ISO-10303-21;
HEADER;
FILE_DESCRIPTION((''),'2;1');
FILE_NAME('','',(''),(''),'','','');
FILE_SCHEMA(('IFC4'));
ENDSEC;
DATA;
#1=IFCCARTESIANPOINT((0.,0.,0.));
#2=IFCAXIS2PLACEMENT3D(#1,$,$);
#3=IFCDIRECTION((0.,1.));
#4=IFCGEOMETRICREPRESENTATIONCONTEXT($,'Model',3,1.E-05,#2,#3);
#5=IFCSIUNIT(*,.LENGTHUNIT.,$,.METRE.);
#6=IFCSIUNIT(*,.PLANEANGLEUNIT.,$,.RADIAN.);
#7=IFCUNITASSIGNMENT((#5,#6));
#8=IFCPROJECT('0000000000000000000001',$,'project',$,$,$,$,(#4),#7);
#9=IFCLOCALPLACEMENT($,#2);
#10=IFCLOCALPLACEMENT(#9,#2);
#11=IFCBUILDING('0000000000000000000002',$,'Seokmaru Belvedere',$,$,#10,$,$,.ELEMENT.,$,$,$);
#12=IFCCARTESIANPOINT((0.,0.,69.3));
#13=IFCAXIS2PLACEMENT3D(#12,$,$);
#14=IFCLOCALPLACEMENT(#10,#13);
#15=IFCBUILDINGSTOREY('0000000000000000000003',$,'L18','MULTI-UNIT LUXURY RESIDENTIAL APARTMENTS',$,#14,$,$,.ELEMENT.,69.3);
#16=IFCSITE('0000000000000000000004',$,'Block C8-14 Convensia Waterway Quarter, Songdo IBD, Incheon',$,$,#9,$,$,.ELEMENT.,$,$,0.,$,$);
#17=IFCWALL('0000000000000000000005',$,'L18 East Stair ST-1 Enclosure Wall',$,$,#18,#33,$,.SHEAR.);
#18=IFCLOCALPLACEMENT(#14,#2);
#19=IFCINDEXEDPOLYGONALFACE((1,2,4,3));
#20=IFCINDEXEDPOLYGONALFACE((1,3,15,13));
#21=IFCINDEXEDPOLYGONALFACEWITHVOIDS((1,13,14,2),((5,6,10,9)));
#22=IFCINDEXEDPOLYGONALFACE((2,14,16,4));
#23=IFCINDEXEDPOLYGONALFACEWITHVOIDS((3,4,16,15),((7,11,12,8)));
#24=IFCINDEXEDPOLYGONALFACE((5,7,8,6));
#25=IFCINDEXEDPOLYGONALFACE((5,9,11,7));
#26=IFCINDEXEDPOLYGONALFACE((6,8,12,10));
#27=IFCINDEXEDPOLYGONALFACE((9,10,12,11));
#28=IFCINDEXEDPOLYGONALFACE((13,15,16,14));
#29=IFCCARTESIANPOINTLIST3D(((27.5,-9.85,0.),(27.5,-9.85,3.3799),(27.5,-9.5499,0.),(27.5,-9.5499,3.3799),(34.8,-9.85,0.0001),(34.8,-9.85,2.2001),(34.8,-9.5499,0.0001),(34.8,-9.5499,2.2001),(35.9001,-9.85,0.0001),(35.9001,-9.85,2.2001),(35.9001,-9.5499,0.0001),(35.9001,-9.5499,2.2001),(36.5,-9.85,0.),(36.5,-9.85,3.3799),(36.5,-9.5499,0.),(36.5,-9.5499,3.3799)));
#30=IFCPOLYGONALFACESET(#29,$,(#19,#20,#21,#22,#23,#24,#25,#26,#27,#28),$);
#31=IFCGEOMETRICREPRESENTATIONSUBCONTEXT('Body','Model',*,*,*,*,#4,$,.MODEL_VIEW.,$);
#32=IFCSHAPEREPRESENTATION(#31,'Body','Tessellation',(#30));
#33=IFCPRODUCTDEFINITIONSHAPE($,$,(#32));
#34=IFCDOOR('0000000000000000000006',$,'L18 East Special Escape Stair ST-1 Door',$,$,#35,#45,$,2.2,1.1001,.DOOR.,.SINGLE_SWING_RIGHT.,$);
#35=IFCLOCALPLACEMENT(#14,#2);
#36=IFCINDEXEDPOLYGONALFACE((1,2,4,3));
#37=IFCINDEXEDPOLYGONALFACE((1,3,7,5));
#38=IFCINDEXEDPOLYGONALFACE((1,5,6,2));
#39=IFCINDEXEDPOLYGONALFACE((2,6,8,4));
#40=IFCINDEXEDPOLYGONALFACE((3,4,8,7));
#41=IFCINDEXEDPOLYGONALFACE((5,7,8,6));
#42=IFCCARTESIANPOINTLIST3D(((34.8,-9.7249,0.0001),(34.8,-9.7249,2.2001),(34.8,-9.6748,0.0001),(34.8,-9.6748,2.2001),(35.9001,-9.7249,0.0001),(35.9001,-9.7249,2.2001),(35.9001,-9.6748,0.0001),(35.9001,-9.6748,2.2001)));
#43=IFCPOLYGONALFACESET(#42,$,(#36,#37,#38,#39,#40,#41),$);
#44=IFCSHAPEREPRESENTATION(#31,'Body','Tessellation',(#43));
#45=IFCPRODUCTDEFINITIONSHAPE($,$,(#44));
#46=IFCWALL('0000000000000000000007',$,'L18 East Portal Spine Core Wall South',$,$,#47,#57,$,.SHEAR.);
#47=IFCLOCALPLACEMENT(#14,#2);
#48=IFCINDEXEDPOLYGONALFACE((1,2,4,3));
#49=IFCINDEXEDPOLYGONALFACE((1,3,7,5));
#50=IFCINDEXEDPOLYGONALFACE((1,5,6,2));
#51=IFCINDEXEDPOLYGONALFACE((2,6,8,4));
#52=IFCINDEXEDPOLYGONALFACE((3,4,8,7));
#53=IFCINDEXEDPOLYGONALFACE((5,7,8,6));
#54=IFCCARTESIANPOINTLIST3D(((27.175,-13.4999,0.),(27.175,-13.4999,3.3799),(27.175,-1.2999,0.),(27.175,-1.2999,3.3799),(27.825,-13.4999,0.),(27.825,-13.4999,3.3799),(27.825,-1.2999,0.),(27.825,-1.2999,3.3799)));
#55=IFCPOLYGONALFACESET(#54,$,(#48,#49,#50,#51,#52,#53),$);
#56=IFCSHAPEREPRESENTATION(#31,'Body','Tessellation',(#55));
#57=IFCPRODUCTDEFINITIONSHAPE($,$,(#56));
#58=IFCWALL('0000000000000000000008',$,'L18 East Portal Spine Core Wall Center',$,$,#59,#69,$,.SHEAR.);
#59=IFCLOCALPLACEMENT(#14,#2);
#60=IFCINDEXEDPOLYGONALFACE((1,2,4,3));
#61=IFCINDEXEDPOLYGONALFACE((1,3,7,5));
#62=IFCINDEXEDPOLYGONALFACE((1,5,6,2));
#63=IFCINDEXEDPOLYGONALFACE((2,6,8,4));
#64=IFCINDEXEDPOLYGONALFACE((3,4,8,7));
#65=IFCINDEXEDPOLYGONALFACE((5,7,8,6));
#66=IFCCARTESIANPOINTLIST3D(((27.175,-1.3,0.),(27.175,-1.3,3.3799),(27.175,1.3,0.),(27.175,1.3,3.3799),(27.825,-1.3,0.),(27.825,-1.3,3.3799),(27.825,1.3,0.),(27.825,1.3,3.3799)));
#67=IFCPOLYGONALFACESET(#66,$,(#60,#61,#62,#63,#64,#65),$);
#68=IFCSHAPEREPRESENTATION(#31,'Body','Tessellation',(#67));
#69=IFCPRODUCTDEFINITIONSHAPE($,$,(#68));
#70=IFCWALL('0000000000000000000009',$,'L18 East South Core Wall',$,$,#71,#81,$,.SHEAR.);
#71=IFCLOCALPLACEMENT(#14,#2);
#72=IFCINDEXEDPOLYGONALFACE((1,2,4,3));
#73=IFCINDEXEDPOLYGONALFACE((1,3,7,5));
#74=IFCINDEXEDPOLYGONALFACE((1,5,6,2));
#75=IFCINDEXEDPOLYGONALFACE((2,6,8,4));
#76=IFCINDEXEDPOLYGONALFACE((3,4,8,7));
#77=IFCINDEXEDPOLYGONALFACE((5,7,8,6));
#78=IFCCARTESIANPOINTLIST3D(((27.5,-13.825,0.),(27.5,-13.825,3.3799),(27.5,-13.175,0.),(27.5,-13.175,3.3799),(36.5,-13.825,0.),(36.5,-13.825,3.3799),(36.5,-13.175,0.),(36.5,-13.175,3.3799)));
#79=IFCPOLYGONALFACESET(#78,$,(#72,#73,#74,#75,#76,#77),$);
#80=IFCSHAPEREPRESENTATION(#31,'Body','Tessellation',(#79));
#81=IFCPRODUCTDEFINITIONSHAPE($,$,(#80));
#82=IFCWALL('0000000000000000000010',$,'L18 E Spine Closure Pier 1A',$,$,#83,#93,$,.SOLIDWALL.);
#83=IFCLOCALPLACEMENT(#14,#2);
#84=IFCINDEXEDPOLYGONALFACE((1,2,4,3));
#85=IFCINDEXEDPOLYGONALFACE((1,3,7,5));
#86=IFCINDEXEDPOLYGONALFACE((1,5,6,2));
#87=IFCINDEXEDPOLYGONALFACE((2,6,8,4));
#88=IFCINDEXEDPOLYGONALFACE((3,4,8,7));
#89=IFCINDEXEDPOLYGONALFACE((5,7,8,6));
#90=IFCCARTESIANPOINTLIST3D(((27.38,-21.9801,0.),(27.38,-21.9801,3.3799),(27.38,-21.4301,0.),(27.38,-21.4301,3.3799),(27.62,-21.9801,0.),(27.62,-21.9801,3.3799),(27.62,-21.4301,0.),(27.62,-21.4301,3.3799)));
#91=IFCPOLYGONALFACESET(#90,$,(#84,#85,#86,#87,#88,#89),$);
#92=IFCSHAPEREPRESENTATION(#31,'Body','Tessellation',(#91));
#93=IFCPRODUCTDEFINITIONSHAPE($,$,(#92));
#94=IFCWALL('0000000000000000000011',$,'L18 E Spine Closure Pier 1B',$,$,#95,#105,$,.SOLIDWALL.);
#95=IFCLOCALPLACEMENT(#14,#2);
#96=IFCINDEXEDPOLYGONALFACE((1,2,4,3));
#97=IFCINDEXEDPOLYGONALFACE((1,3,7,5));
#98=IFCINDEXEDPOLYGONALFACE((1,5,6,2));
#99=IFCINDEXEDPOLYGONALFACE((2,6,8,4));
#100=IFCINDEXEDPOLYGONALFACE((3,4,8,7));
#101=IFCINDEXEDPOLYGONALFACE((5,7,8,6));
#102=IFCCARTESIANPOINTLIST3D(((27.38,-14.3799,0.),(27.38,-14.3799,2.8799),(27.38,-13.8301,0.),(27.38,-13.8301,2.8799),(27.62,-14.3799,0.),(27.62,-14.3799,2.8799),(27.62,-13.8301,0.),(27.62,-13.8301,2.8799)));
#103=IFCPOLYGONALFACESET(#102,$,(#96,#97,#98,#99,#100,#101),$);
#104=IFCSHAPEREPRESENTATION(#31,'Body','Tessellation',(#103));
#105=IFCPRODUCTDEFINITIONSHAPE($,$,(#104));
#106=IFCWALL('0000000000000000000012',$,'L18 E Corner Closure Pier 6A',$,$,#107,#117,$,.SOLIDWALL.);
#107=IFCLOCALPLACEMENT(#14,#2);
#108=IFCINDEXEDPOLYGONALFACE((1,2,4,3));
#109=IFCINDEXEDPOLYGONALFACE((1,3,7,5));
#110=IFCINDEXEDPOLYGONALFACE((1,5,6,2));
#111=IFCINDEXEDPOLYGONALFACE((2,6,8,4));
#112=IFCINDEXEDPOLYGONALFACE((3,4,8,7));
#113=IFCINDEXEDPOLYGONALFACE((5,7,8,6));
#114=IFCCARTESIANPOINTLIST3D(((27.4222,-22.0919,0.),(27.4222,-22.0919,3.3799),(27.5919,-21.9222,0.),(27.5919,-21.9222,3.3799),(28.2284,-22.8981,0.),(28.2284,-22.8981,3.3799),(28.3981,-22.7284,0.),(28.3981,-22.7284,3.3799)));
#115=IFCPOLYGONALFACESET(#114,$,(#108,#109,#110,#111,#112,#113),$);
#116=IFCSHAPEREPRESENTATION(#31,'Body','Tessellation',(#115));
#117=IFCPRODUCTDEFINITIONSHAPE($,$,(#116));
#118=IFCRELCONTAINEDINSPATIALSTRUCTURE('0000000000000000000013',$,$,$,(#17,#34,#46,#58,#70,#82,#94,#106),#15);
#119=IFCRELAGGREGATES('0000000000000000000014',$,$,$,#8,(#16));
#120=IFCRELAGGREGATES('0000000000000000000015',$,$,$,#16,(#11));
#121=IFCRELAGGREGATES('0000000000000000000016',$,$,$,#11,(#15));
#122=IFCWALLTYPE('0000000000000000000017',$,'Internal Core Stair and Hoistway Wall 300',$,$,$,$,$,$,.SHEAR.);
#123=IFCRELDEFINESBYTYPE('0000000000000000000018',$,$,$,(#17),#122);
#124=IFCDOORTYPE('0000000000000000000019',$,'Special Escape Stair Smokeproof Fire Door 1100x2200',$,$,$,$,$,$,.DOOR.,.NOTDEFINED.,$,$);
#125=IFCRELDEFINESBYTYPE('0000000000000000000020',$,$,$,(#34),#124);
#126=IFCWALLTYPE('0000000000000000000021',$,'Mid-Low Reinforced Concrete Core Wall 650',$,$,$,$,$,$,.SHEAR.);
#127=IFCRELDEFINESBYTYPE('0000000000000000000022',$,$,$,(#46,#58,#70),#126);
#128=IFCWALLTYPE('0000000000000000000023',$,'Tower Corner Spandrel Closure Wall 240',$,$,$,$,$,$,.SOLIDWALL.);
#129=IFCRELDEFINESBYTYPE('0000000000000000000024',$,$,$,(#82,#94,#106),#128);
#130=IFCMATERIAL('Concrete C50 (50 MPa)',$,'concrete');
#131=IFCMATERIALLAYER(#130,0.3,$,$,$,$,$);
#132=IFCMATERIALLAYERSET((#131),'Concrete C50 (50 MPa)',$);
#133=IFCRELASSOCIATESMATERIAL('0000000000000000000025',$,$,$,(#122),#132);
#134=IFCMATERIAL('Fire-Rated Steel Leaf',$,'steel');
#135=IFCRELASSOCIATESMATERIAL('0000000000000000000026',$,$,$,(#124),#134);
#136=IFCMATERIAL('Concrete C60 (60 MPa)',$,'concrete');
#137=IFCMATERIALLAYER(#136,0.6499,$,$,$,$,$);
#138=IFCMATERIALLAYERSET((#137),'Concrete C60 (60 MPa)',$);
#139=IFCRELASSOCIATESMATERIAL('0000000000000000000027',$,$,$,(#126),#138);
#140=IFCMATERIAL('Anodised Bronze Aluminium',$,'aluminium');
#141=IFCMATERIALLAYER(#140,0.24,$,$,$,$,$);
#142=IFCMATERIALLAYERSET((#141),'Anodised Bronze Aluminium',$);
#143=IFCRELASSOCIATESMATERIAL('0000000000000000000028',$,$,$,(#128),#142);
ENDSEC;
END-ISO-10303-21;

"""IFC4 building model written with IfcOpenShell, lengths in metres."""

from ifc_helpers import new_model, si_unit, direction, frame, frame_2d, origin, place, context, subcontext, project, spatial, rectangle, extrude, source, transform, mapped, material, layer, layer_set, type_object, type_shapes, element, fill, save


model = new_model("IFC4")

# Units and contexts
model_context = context("Model", 3, precision=1e-05, world=origin(), true_north=direction((0.0, 1.0)))
body_context = subcontext(model_context, "Body", "Model", "MODEL_VIEW")
ifc_project = project(units=[si_unit("LENGTHUNIT", "METRE"), si_unit("PLANEANGLEUNIT", "RADIAN")], contexts=[model_context])

# Site, building, storey
site_placement = place(None, origin())
site = spatial("IfcSite", under=ifc_project, at=site_placement, Name="Block C8-14 Convensia Waterway Quarter, Songdo IBD, Incheon", CompositionType="ELEMENT", RefElevation=0.0)
building_placement = place(site_placement, origin())
building = spatial("IfcBuilding", under=site, at=building_placement, Name="Seokmaru Belvedere", CompositionType="ELEMENT")
storey_placement = place(building_placement, frame((0.0, 0.0, 69.3)))
storey = spatial("IfcBuildingStorey", under=building, at=storey_placement, Name="L18", Description="MULTI-UNIT LUXURY RESIDENTIAL APARTMENTS", CompositionType="ELEMENT", Elevation=69.3)

# Shared definitions
ifc_material_1 = material(Name="Anodised Bronze Aluminium", Category="aluminium")

# Shared definitions
ifc_material_2 = material(Name="Concrete C50 (50 MPa)", Category="concrete")

# Wall, opening, door
ifc_layer_1 = layer(ifc_material_2, 0.3)
ifc_layer_set_1 = layer_set([ifc_layer_1], Name="Concrete C50 (50 MPa)")
wall_type_1 = type_object("IfcWallType", Name="Internal Core Stair and Hoistway Wall 300", PredefinedType="SHEAR", material=ifc_layer_set_1)
wall_1_placement = place(storey_placement, frame((27.5, -9.7, 0.0), z_axis=(0.0, 0.0, 1.0), x_axis=(1.0, 0.0, 0.0)))
wall_1 = element("IfcWall", 1, at=wall_1_placement, inside=storey, type_object=wall_type_1, Name="L18 East Stair ST-1 Enclosure Wall", PredefinedType="SHEAR", context=body_context, shape_type="SweptSolid", body=[
    extrude(rectangle(XDim=9.0, YDim=0.3, at=frame_2d((4.5, 0.0))), origin(), (0.0, 0.0, 1.0), 3.3799),
])
opening_placement = place(wall_1_placement, frame((7.3, 0.0, 0.0)))
opening = element("IfcOpeningElement", 2, at=opening_placement, cuts=wall_1, PredefinedType="OPENING", context=body_context, shape_type="SweptSolid", body=[
    extrude(rectangle(XDim=1.1001, YDim=2.2, at=frame_2d((0.55, 1.1001))), frame((0.0, 0.1602, 0.0), z_axis=(0.0, -1.0, 0.0), x_axis=(1.0, 0.0, 0.0)), (0.0, 0.0, 1.0), 0.3201),
])
ifc_material_3 = material(Name="Fire-Rated Steel Leaf", Category="steel")
door_type = type_object("IfcDoorType", Name="Special Escape Stair Smokeproof Fire Door 1100x2200", OperationType="NOTDEFINED", PredefinedType="DOOR", material=ifc_material_3)
shared_shape_1 = source(origin(), body_context, "Body", "SweptSolid", [
    extrude(rectangle(XDim=1.1001, YDim=2.2, at=frame_2d((0.55, 1.1001))), frame((0.0, 0.0249, 0.0), z_axis=(0.0, -1.0, 0.0), x_axis=(1.0, 0.0, 0.0)), (0.0, 0.0, 1.0), 0.05),
])
type_shapes(door_type, [shared_shape_1])
door_placement = place(opening_placement, frame((1.1001, 0.0, 0.0), z_axis=(0.0, 0.0, 1.0), x_axis=(-1.0, 0.0, 0.0)))
door = element("IfcDoor", 3, at=door_placement, inside=storey, type_object=door_type, Name="L18 East Special Escape Stair ST-1 Door", OperationType="SINGLE_SWING_RIGHT", OverallHeight=2.2, OverallWidth=1.1001, PredefinedType="DOOR", context=body_context, shape_type="MappedRepresentation", body=[
    mapped(shared_shape_1, transform((0.0, 0.0, 0.0), scale=1.0)),
])
fill(opening, door)

# Walls
ifc_material_4 = material(Name="Concrete C60 (60 MPa)", Category="concrete")
ifc_layer_2 = layer(ifc_material_4, 0.6499)
ifc_layer_set_2 = layer_set([ifc_layer_2], Name="Concrete C60 (60 MPa)")
wall_type_2 = type_object("IfcWallType", Name="Mid-Low Reinforced Concrete Core Wall 650", PredefinedType="SHEAR", material=ifc_layer_set_2)
wall_2_placement = place(storey_placement, frame((27.5, -13.5, 0.0), z_axis=(0.0, 0.0, 1.0), x_axis=(0.0, 1.0, 0.0)))
element("IfcWall", 4, at=wall_2_placement, inside=storey, type_object=wall_type_2, Name="L18 East Portal Spine Core Wall South", PredefinedType="SHEAR", context=body_context, shape_type="SweptSolid", body=[
    extrude(rectangle(XDim=12.2, YDim=0.6499, at=frame_2d((6.1001, 0.0))), origin(), (0.0, 0.0, 1.0), 3.3799),
])
wall_3_placement = place(storey_placement, frame((27.5, -1.3, 0.0), z_axis=(0.0, 0.0, 1.0), x_axis=(0.0, 1.0, 0.0)))
element("IfcWall", 5, at=wall_3_placement, inside=storey, type_object=wall_type_2, Name="L18 East Portal Spine Core Wall Center", PredefinedType="SHEAR", context=body_context, shape_type="SweptSolid", body=[
    extrude(rectangle(XDim=2.6001, YDim=0.6499, at=frame_2d((1.3, 0.0))), origin(), (0.0, 0.0, 1.0), 3.3799),
])
wall_4_placement = place(storey_placement, frame((27.5, -13.5, 0.0), z_axis=(0.0, 0.0, 1.0), x_axis=(1.0, 0.0, 0.0)))
element("IfcWall", 6, at=wall_4_placement, inside=storey, type_object=wall_type_2, Name="L18 East South Core Wall", PredefinedType="SHEAR", context=body_context, shape_type="SweptSolid", body=[
    extrude(rectangle(XDim=9.0, YDim=0.6499, at=frame_2d((4.5, 0.0))), origin(), (0.0, 0.0, 1.0), 3.3799),
])
ifc_layer_3 = layer(ifc_material_1, 0.24)
ifc_layer_set_3 = layer_set([ifc_layer_3], Name="Anodised Bronze Aluminium")
wall_type_3 = type_object("IfcWallType", Name="Tower Corner Spandrel Closure Wall 240", PredefinedType="SOLIDWALL", material=ifc_layer_set_3)
wall_5_placement = place(storey_placement, frame((27.5, -21.98, 0.0), z_axis=(0.0, 0.0, 1.0), x_axis=(0.0, 1.0, 0.0)))
element("IfcWall", 7, at=wall_5_placement, inside=storey, type_object=wall_type_3, Name="L18 E Spine Closure Pier 1A", PredefinedType="SOLIDWALL", context=body_context, shape_type="SweptSolid", body=[
    extrude(rectangle(XDim=0.55, YDim=0.24, at=frame_2d((0.2749, 0.0))), origin(), (0.0, 0.0, 1.0), 3.3799),
])
wall_6_placement = place(storey_placement, frame((27.5, -14.3799, 0.0), z_axis=(0.0, 0.0, 1.0), x_axis=(0.0, 1.0, 0.0)))
element("IfcWall", 8, at=wall_6_placement, inside=storey, type_object=wall_type_3, Name="L18 E Spine Closure Pier 1B", PredefinedType="SOLIDWALL", context=body_context, shape_type="SweptSolid", body=[
    extrude(rectangle(XDim=0.5498, YDim=0.24, at=frame_2d((0.2749, 0.0))), origin(), (0.0, 0.0, 1.0), 2.8799),
])
wall_7_placement = place(storey_placement, frame((27.5071, -22.0071, 0.0), z_axis=(0.0, 0.0, 1.0), x_axis=(0.707107, -0.707107, 0.0)))
element("IfcWall", 9, at=wall_7_placement, inside=storey, type_object=wall_type_3, Name="L18 E Corner Closure Pier 6A", PredefinedType="SOLIDWALL", context=body_context, shape_type="SweptSolid", body=[
    extrude(rectangle(XDim=1.1401, YDim=0.24, at=frame_2d((0.5701, 0.0))), origin(), (0.0, 0.0, 1.0), 3.3799),
])

save(model, "model.ifc")
